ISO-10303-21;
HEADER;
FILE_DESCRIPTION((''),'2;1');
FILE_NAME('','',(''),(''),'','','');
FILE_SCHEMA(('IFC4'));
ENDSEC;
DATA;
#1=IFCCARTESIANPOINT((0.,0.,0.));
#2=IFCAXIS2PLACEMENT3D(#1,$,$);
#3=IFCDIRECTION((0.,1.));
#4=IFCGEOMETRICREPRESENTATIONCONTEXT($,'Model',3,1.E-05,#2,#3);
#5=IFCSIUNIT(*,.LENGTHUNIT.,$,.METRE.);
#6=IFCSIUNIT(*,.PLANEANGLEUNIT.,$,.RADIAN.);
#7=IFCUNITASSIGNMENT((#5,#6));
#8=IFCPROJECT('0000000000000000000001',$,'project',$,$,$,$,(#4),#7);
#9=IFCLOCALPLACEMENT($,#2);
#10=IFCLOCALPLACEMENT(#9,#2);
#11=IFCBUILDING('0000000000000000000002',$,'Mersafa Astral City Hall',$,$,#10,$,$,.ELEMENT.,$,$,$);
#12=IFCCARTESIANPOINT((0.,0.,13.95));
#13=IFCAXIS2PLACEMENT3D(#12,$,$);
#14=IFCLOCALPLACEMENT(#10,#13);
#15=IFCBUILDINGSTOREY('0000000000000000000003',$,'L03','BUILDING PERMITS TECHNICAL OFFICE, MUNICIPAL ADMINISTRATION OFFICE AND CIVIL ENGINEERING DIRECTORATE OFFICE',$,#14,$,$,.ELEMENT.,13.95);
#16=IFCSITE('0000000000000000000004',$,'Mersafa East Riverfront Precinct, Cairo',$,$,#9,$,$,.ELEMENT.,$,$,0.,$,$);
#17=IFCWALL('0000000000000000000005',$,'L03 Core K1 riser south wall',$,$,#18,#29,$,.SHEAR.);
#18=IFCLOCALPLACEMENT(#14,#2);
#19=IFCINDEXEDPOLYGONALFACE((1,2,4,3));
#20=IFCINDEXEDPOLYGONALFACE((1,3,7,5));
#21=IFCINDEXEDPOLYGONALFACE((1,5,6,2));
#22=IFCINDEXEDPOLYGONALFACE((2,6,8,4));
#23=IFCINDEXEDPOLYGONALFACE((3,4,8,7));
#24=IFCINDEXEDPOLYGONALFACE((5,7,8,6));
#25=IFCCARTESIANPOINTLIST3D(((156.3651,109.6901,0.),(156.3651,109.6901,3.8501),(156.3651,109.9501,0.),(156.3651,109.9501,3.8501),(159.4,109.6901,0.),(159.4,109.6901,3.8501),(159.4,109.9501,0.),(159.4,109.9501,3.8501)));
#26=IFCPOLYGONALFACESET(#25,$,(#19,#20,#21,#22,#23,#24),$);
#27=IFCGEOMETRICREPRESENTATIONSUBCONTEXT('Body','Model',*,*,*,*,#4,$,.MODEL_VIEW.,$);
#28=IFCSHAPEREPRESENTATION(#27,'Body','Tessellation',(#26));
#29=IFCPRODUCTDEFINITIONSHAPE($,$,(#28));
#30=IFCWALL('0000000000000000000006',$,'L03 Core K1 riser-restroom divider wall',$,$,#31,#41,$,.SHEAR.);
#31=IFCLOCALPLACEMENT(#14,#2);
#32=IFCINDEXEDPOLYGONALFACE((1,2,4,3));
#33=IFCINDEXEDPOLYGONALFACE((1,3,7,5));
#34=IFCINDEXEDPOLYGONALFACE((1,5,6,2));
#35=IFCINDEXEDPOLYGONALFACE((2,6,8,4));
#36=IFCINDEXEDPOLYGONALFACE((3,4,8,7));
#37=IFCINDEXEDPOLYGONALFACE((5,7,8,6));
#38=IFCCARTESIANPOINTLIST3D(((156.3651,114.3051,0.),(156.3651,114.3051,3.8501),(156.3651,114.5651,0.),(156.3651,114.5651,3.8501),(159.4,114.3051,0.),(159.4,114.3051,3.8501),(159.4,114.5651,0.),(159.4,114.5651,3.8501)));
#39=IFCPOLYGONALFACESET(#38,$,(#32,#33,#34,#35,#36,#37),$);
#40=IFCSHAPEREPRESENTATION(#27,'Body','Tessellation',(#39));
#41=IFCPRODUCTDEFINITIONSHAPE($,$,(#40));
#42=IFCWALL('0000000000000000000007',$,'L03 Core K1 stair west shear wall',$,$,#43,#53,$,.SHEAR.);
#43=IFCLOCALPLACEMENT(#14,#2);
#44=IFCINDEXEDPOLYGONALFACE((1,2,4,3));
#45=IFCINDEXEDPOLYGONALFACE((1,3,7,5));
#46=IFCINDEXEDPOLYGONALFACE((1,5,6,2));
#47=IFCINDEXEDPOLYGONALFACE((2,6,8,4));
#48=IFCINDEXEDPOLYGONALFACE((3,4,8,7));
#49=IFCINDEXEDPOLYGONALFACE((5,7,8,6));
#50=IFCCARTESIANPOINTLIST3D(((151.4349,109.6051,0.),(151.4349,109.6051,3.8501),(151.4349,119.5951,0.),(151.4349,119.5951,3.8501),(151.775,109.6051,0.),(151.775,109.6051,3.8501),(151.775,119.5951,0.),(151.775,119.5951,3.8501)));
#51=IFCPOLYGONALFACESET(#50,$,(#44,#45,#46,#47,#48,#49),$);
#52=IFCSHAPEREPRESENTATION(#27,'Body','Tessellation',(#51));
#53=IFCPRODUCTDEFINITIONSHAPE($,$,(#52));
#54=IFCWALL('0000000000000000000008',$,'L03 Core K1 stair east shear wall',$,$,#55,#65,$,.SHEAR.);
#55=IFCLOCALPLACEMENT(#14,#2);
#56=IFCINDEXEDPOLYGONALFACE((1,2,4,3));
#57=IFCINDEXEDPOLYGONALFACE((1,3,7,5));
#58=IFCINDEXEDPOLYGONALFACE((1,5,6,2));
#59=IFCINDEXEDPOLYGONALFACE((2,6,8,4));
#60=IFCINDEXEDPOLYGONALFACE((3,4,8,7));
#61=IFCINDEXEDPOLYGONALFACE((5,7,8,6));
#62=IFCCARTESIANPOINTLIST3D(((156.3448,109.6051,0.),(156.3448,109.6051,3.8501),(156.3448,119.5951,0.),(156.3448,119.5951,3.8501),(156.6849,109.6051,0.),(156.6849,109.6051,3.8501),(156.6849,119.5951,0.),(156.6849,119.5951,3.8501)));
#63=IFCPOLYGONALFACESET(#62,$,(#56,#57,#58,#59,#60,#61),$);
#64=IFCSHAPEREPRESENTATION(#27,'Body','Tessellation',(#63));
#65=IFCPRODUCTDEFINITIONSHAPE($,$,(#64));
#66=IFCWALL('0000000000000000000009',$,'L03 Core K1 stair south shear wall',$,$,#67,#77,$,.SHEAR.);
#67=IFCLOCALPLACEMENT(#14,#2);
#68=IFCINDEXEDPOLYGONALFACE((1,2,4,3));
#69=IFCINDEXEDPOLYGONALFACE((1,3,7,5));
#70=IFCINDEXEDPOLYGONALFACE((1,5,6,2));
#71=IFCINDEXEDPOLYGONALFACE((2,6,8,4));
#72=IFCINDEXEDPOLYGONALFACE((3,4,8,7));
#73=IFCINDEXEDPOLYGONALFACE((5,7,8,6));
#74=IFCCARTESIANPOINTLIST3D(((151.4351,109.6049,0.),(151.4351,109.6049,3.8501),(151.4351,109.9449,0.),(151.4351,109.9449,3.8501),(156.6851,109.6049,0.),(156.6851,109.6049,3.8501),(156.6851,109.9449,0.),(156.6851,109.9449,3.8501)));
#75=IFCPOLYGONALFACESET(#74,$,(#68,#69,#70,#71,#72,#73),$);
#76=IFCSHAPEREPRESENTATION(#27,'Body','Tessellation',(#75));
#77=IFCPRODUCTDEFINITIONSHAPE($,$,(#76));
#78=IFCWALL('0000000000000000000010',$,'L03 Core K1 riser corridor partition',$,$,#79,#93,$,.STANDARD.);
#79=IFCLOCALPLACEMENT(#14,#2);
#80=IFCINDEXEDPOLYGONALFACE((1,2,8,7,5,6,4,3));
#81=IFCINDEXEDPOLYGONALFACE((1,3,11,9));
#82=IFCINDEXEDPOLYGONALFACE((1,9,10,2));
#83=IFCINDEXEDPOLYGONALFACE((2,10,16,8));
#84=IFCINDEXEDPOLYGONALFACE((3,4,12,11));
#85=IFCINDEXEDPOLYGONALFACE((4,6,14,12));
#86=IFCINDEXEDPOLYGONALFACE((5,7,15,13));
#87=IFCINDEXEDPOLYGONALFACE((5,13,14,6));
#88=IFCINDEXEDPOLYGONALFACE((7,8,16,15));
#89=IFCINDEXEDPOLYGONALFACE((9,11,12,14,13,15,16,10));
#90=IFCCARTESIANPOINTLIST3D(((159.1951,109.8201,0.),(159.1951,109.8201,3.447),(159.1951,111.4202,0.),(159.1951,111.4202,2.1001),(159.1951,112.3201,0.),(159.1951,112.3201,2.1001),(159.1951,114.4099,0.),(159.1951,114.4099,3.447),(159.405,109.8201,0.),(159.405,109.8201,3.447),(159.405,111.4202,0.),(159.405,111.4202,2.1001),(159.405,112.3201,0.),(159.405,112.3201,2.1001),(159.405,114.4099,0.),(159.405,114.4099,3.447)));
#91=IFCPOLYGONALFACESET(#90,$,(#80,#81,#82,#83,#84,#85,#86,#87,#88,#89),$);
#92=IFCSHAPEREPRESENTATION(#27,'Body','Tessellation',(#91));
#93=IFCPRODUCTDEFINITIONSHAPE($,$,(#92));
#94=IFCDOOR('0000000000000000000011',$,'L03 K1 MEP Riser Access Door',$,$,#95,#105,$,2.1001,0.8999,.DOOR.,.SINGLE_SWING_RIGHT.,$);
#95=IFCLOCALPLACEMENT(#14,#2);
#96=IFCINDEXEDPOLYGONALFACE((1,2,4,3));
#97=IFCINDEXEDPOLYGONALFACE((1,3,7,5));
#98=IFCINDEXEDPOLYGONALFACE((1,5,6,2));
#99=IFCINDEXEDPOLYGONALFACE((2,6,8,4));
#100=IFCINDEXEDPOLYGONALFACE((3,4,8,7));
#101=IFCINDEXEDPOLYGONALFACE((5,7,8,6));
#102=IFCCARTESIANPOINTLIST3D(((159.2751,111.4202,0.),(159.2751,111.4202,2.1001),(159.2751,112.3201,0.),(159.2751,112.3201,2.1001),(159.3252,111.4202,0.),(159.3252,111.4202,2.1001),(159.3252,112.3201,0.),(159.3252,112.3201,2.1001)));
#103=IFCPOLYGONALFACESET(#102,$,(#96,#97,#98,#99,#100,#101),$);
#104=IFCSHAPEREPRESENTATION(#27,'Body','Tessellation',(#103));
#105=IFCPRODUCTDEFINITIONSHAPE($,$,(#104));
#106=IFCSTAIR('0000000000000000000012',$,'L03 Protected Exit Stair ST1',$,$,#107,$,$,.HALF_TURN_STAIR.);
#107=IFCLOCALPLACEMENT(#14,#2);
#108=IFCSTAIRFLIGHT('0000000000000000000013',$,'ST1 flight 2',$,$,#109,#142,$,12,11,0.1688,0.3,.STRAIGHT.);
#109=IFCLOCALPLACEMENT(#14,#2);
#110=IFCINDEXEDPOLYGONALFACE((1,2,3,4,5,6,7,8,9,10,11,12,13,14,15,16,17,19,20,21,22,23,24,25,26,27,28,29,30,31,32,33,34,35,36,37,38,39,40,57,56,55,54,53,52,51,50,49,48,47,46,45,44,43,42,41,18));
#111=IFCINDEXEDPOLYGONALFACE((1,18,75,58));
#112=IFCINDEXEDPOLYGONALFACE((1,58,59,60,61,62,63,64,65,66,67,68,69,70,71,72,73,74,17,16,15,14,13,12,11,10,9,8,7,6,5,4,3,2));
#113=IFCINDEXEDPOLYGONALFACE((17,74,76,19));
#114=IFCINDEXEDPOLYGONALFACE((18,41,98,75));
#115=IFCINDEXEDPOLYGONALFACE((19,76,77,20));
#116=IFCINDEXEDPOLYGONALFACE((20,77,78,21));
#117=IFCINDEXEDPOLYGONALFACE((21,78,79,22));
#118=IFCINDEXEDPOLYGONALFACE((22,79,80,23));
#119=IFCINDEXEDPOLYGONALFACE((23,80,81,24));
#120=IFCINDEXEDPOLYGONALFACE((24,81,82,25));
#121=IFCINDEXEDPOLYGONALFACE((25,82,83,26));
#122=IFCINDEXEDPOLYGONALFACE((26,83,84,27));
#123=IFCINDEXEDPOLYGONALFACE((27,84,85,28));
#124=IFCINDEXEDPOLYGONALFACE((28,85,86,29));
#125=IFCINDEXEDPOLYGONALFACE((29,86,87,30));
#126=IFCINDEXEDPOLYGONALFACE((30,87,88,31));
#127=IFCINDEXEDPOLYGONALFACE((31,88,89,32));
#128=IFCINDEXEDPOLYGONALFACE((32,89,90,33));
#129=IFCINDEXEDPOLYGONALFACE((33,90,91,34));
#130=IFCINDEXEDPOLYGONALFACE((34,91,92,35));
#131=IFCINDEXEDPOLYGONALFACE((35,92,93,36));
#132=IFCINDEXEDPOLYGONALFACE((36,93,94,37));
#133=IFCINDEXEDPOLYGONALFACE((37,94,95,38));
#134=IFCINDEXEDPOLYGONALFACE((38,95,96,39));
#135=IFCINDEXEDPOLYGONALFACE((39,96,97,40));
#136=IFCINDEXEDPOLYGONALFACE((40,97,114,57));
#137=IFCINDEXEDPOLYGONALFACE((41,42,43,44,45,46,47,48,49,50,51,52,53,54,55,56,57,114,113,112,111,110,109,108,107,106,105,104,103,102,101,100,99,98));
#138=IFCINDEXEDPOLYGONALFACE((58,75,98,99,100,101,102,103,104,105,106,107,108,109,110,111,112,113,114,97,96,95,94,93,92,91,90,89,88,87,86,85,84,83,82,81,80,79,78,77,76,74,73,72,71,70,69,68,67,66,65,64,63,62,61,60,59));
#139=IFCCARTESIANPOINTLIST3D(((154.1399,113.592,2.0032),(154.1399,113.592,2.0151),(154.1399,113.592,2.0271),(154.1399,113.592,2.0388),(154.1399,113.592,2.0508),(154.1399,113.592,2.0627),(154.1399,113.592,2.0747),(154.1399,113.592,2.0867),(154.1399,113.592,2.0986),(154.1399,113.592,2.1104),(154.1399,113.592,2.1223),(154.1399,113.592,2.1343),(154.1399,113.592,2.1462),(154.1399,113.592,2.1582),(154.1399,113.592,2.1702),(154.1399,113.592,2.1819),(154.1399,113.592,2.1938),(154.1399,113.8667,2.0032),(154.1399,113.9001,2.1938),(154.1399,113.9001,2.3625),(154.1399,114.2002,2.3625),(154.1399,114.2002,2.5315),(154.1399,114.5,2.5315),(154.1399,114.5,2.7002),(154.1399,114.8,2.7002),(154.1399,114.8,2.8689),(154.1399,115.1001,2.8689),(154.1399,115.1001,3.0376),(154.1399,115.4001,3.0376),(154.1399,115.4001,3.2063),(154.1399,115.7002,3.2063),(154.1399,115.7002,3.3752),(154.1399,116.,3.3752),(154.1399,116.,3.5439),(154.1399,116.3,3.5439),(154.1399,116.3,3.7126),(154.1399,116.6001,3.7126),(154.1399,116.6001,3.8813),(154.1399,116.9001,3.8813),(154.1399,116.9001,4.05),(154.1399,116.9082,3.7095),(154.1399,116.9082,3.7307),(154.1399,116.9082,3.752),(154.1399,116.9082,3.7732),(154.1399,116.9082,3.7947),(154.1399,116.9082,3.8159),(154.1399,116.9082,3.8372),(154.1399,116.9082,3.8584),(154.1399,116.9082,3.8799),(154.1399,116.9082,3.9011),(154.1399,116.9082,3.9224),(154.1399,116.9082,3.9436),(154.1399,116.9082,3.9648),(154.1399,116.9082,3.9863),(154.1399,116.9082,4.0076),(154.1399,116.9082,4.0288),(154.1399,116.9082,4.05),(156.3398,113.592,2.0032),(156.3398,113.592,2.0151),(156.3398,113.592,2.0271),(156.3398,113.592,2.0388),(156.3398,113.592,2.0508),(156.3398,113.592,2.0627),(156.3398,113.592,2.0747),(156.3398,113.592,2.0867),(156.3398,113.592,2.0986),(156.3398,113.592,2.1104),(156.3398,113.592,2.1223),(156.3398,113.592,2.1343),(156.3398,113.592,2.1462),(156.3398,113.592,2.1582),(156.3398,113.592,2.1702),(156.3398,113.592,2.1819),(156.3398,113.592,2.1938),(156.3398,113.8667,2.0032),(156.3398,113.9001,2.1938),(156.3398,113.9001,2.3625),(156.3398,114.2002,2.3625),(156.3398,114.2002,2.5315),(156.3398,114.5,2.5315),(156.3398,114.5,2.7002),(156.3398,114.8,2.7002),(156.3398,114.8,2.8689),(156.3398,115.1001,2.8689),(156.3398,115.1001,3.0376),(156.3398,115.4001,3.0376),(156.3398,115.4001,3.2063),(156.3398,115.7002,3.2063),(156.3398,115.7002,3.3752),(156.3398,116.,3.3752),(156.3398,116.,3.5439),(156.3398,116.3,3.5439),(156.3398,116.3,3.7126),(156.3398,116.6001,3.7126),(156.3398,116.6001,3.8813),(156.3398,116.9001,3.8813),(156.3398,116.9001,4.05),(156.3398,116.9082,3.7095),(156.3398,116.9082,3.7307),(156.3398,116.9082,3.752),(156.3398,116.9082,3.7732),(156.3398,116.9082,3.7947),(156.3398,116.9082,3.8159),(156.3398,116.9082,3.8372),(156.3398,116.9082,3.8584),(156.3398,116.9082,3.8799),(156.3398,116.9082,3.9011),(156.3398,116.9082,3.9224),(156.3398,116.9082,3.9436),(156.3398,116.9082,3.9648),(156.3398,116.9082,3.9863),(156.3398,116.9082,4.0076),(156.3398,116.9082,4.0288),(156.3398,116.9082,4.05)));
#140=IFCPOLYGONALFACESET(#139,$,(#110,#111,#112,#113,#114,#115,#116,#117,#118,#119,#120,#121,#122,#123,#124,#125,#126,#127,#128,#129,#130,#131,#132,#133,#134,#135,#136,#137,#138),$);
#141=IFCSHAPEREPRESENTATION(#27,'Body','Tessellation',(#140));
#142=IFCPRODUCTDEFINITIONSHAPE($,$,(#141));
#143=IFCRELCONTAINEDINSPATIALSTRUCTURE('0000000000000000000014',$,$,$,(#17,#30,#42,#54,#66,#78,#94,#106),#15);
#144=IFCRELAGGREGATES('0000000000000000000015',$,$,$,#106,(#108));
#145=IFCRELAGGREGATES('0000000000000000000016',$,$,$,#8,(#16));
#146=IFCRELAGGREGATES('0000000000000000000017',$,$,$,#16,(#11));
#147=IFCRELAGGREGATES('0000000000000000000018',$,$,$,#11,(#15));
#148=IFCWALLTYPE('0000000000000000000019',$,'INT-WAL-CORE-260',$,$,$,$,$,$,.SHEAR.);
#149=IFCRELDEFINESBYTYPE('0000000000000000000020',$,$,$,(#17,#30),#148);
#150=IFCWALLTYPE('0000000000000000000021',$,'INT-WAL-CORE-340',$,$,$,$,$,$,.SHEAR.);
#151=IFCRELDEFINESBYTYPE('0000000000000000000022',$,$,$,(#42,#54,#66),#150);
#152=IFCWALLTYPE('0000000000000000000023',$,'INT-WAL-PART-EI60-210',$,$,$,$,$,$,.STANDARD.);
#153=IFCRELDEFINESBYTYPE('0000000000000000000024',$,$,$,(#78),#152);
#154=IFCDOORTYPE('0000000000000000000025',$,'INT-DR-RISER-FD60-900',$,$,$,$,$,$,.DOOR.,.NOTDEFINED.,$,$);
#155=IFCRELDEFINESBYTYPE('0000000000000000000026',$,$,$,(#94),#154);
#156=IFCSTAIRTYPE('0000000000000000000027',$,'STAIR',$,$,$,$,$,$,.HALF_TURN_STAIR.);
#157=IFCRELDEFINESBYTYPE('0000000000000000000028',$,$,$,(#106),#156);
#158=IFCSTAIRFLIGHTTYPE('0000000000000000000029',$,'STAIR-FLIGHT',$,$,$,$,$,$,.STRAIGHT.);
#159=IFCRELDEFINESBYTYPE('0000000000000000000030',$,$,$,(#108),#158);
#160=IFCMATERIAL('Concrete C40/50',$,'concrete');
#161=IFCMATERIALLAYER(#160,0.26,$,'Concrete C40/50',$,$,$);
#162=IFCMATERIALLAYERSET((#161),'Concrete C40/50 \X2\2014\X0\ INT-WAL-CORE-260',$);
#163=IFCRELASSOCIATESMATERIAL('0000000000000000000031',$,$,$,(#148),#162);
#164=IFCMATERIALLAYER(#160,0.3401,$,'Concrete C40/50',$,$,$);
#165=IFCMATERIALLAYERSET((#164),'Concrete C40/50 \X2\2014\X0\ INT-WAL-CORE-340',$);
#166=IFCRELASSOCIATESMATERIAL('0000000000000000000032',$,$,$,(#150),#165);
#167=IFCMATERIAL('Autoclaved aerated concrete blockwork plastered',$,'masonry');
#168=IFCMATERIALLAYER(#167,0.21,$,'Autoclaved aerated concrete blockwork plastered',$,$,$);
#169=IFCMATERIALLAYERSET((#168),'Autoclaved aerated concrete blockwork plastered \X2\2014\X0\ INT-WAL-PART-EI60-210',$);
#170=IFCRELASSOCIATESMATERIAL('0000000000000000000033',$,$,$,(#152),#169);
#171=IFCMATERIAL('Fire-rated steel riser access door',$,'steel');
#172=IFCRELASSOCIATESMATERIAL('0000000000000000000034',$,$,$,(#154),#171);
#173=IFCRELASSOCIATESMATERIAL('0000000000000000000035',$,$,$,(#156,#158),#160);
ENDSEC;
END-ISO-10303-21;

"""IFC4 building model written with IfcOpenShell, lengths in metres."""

from ifc_helpers import new_model, si_unit, direction, frame, frame_2d, origin, place, context, subcontext, project, spatial, polyline, rectangle, outline, extrude, material, layer, layer_set, type_object, element, fill, aggregate, save


model = new_model("IFC4")

# Units and contexts
model_context = context("Model", 3, precision=1e-05, world=origin(), true_north=direction((0.0, 1.0)))
body_context = subcontext(model_context, "Body", "Model", "MODEL_VIEW")
ifc_project = project(units=[si_unit("LENGTHUNIT", "METRE"), si_unit("PLANEANGLEUNIT", "RADIAN")], contexts=[model_context])

# Site, building, storey
site_placement = place(None, origin())
site = spatial("IfcSite", under=ifc_project, at=site_placement, Name="Mersafa East Riverfront Precinct, Cairo", CompositionType="ELEMENT", RefElevation=0.0)
building_placement = place(site_placement, origin())
building = spatial("IfcBuilding", under=site, at=building_placement, Name="Mersafa Astral City Hall", CompositionType="ELEMENT")
storey_placement = place(building_placement, frame((0.0, 0.0, 13.95)))
storey = spatial("IfcBuildingStorey", under=building, at=storey_placement, Name="L03", Description="BUILDING PERMITS TECHNICAL OFFICE, MUNICIPAL ADMINISTRATION OFFICE AND CIVIL ENGINEERING DIRECTORATE OFFICE", CompositionType="ELEMENT", Elevation=13.95)

# Walls
ifc_material_1 = material(Name="Concrete C40/50", Category="concrete")
ifc_layer_1 = layer(ifc_material_1, 0.26, Name="Concrete C40/50")
ifc_layer_set_1 = layer_set([ifc_layer_1], Name="Concrete C40/50 — INT-WAL-CORE-260")
wall_type_1 = type_object("IfcWallType", Name="INT-WAL-CORE-260", PredefinedType="SHEAR", material=ifc_layer_set_1)
for number, where, z_axis, x_axis, name in (
    (1, (156.365, 109.8201, 0.0), (0.0, 0.0, 1.0), (1.0, 0.0, 0.0), "L03 Core K1 riser south wall"),
    (2, (156.365, 114.4351, 0.0), (0.0, 0.0, 1.0), (1.0, 0.0, 0.0), "L03 Core K1 riser-restroom divider wall"),
):
    element("IfcWall", number, at=place(storey_placement, frame(where, z_axis=z_axis, x_axis=x_axis)), inside=storey, type_object=wall_type_1, Name=name, PredefinedType="SHEAR", context=body_context, shape_type="SweptSolid", body=[
        extrude(rectangle(XDim=3.0349, YDim=0.26, at=frame_2d((1.5176, 0.0))), origin(), (0.0, 0.0, 1.0), 3.8501),
    ])
ifc_layer_2 = layer(ifc_material_1, 0.3401, Name="Concrete C40/50")
ifc_layer_set_2 = layer_set([ifc_layer_2], Name="Concrete C40/50 — INT-WAL-CORE-340")
wall_type_2 = type_object("IfcWallType", Name="INT-WAL-CORE-340", PredefinedType="SHEAR", material=ifc_layer_set_2)
for number, where, z_axis, x_axis, name in (
    (3, (151.605, 109.605, 0.0), (0.0, 0.0, 1.0), (0.0, 1.0, 0.0), "L03 Core K1 stair west shear wall"),
    (4, (156.5149, 109.605, 0.0), (0.0, 0.0, 1.0), (0.0, 1.0, 0.0), "L03 Core K1 stair east shear wall"),
):
    element("IfcWall", number, at=place(storey_placement, frame(where, z_axis=z_axis, x_axis=x_axis)), inside=storey, type_object=wall_type_2, Name=name, PredefinedType="SHEAR", context=body_context, shape_type="SweptSolid", body=[
        extrude(rectangle(XDim=9.99, YDim=0.3401, at=frame_2d((4.9951, 0.0))), origin(), (0.0, 0.0, 1.0), 3.8501),
    ])
wall_1_placement = place(storey_placement, frame((151.4351, 109.7749, 0.0), z_axis=(0.0, 0.0, 1.0), x_axis=(1.0, 0.0, 0.0)))
element("IfcWall", 5, at=wall_1_placement, inside=storey, type_object=wall_type_2, Name="L03 Core K1 stair south shear wall", PredefinedType="SHEAR", context=body_context, shape_type="SweptSolid", body=[
    extrude(rectangle(XDim=5.25, YDim=0.3401, at=frame_2d((2.625, 0.0))), origin(), (0.0, 0.0, 1.0), 3.8501),
])

# Wall, opening, door
ifc_material_2 = material(Name="Autoclaved aerated concrete blockwork plastered", Category="masonry")
ifc_layer_3 = layer(ifc_material_2, 0.21, Name="Autoclaved aerated concrete blockwork plastered")
ifc_layer_set_3 = layer_set([ifc_layer_3], Name="Autoclaved aerated concrete blockwork plastered — INT-WAL-PART-EI60-210")
wall_type_3 = type_object("IfcWallType", Name="INT-WAL-PART-EI60-210", PredefinedType="STANDARD", material=ifc_layer_set_3)
wall_2_placement = place(storey_placement, frame((159.3, 109.8201, 0.0), z_axis=(0.0, 0.0, 1.0), x_axis=(0.0, 1.0, 0.0)))
wall_2 = element("IfcWall", 6, at=wall_2_placement, inside=storey, type_object=wall_type_3, Name="L03 Core K1 riser corridor partition", PredefinedType="STANDARD", context=body_context, shape_type="SweptSolid", body=[
    extrude(rectangle(XDim=4.5898, YDim=0.21, at=frame_2d((2.2949, 0.0))), origin(), (0.0, 0.0, 1.0), 3.447),
])
opening_1_placement = place(wall_2_placement, frame((1.6001, 0.0, 0.0)))
opening_1 = element("IfcOpeningElement", 7, at=opening_1_placement, cuts=wall_2, PredefinedType="OPENING", context=body_context, shape_type="SweptSolid", body=[
    extrude(rectangle(XDim=0.8999, YDim=2.1001, at=frame_2d((0.45, 1.05))), frame((0.0, 0.115, 0.0), z_axis=(0.0, -1.0, 0.0), x_axis=(1.0, 0.0, 0.0)), (0.0, 0.0, 1.0), 0.23),
])
ifc_material_3 = material(Name="Fire-rated steel riser access door", Category="steel")
door_type_1 = type_object("IfcDoorType", Name="INT-DR-RISER-FD60-900", OperationType="NOTDEFINED", PredefinedType="DOOR", material=ifc_material_3)
door_1_placement = place(opening_1_placement, origin())
door_1 = element("IfcDoor", 8, at=door_1_placement, inside=storey, type_object=door_type_1, Name="L03 K1 MEP Riser Access Door", OperationType="SINGLE_SWING_RIGHT", OverallHeight=2.1001, OverallWidth=0.8999, PredefinedType="DOOR", context=body_context, shape_type="SweptSolid", body=[
    extrude(rectangle(XDim=0.8999, YDim=2.1001, at=frame_2d((0.45, 1.05))), frame((0.0, 0.0249, 0.0), z_axis=(0.0, -1.0, 0.0), x_axis=(1.0, 0.0, 0.0)), (0.0, 0.0, 1.0), 0.05),
])
fill(opening_1, door_1)

# Stair, stair flight
stair_type = type_object("IfcStairType", Name="STAIR", PredefinedType="HALF_TURN_STAIR", material=ifc_material_1)
stair_placement = place(storey_placement, origin())
stair = element("IfcStair", 9, at=stair_placement, inside=storey, type_object=stair_type, Name="L03 Protected Exit Stair ST1", PredefinedType="HALF_TURN_STAIR")
stair_flight_type = type_object("IfcStairFlightType", Name="STAIR-FLIGHT", PredefinedType="STRAIGHT", material=ifc_material_1)
stair_flight_placement = place(storey_placement, frame((155.24, 113.6001, 2.0251), z_axis=(0.0, 0.0, 1.0), x_axis=(0.0, 1.0, 0.0)))
stair_flight = element("IfcStairFlight", 10, at=stair_flight_placement, type_object=stair_flight_type, Name="ST1 flight 2", NumberOfRisers=12, NumberOfTreads=11, PredefinedType="STRAIGHT", RiserHeight=0.1688, TreadLength=0.3, context=body_context, shape_type="SweptSolid", body=[
    extrude(outline(polyline([(-0.0081, -0.022), (-0.0081, -0.01), (-0.0081, 0.002), (-0.0081, 0.0137), (-0.0081, 0.0256), (-0.0081, 0.0376), (-0.0081, 0.0496), (-0.0081, 0.0615), (-0.0081, 0.0735), (-0.0081, 0.0852), (-0.0081, 0.0972), (-0.0081, 0.1091), (-0.0081, 0.1211), (-0.0081, 0.1331), (-0.0081, 0.145), (-0.0081, 0.1567), (-0.0081, 0.1687), (0.3, 0.1687), (0.3, 0.3374), (0.6001, 0.3374), (0.6001, 0.5063), (0.8999, 0.5063), (0.8999, 0.675), (1.2, 0.675), (1.2, 0.8438), (1.5, 0.8438), (1.5, 1.0125), (1.8, 1.0125), (1.8, 1.1812), (2.1001, 1.1812), (2.1001, 1.3501), (2.3999, 1.3501), (2.3999, 1.5188), (2.7, 1.5188), (2.7, 1.6875), (3.0, 1.6875), (3.0, 1.8562), (3.3, 1.8562), (3.3, 2.0249), (3.3081, 2.0249), (3.3081, 2.0037), (3.3081, 1.9824), (3.3081, 1.9612), (3.3081, 1.9397), (3.3081, 1.9185), (3.3081, 1.8972), (3.3081, 1.876), (3.3081, 1.8547), (3.3081, 1.8333), (3.3081, 1.812), (3.3081, 1.7908), (3.3081, 1.7695), (3.3081, 1.748), (3.3081, 1.7268), (3.3081, 1.7056), (3.3081, 1.6843), (0.2666, -0.022), (-0.0081, -0.022)])), frame((0.0, 1.1001, 0.0), z_axis=(0.0, -1.0, 0.0), x_axis=(1.0, 0.0, 0.0)), (0.0, 0.0, 1.0), 2.2),
])
aggregate(stair, [stair_flight])

save(model, "model.ifc")
